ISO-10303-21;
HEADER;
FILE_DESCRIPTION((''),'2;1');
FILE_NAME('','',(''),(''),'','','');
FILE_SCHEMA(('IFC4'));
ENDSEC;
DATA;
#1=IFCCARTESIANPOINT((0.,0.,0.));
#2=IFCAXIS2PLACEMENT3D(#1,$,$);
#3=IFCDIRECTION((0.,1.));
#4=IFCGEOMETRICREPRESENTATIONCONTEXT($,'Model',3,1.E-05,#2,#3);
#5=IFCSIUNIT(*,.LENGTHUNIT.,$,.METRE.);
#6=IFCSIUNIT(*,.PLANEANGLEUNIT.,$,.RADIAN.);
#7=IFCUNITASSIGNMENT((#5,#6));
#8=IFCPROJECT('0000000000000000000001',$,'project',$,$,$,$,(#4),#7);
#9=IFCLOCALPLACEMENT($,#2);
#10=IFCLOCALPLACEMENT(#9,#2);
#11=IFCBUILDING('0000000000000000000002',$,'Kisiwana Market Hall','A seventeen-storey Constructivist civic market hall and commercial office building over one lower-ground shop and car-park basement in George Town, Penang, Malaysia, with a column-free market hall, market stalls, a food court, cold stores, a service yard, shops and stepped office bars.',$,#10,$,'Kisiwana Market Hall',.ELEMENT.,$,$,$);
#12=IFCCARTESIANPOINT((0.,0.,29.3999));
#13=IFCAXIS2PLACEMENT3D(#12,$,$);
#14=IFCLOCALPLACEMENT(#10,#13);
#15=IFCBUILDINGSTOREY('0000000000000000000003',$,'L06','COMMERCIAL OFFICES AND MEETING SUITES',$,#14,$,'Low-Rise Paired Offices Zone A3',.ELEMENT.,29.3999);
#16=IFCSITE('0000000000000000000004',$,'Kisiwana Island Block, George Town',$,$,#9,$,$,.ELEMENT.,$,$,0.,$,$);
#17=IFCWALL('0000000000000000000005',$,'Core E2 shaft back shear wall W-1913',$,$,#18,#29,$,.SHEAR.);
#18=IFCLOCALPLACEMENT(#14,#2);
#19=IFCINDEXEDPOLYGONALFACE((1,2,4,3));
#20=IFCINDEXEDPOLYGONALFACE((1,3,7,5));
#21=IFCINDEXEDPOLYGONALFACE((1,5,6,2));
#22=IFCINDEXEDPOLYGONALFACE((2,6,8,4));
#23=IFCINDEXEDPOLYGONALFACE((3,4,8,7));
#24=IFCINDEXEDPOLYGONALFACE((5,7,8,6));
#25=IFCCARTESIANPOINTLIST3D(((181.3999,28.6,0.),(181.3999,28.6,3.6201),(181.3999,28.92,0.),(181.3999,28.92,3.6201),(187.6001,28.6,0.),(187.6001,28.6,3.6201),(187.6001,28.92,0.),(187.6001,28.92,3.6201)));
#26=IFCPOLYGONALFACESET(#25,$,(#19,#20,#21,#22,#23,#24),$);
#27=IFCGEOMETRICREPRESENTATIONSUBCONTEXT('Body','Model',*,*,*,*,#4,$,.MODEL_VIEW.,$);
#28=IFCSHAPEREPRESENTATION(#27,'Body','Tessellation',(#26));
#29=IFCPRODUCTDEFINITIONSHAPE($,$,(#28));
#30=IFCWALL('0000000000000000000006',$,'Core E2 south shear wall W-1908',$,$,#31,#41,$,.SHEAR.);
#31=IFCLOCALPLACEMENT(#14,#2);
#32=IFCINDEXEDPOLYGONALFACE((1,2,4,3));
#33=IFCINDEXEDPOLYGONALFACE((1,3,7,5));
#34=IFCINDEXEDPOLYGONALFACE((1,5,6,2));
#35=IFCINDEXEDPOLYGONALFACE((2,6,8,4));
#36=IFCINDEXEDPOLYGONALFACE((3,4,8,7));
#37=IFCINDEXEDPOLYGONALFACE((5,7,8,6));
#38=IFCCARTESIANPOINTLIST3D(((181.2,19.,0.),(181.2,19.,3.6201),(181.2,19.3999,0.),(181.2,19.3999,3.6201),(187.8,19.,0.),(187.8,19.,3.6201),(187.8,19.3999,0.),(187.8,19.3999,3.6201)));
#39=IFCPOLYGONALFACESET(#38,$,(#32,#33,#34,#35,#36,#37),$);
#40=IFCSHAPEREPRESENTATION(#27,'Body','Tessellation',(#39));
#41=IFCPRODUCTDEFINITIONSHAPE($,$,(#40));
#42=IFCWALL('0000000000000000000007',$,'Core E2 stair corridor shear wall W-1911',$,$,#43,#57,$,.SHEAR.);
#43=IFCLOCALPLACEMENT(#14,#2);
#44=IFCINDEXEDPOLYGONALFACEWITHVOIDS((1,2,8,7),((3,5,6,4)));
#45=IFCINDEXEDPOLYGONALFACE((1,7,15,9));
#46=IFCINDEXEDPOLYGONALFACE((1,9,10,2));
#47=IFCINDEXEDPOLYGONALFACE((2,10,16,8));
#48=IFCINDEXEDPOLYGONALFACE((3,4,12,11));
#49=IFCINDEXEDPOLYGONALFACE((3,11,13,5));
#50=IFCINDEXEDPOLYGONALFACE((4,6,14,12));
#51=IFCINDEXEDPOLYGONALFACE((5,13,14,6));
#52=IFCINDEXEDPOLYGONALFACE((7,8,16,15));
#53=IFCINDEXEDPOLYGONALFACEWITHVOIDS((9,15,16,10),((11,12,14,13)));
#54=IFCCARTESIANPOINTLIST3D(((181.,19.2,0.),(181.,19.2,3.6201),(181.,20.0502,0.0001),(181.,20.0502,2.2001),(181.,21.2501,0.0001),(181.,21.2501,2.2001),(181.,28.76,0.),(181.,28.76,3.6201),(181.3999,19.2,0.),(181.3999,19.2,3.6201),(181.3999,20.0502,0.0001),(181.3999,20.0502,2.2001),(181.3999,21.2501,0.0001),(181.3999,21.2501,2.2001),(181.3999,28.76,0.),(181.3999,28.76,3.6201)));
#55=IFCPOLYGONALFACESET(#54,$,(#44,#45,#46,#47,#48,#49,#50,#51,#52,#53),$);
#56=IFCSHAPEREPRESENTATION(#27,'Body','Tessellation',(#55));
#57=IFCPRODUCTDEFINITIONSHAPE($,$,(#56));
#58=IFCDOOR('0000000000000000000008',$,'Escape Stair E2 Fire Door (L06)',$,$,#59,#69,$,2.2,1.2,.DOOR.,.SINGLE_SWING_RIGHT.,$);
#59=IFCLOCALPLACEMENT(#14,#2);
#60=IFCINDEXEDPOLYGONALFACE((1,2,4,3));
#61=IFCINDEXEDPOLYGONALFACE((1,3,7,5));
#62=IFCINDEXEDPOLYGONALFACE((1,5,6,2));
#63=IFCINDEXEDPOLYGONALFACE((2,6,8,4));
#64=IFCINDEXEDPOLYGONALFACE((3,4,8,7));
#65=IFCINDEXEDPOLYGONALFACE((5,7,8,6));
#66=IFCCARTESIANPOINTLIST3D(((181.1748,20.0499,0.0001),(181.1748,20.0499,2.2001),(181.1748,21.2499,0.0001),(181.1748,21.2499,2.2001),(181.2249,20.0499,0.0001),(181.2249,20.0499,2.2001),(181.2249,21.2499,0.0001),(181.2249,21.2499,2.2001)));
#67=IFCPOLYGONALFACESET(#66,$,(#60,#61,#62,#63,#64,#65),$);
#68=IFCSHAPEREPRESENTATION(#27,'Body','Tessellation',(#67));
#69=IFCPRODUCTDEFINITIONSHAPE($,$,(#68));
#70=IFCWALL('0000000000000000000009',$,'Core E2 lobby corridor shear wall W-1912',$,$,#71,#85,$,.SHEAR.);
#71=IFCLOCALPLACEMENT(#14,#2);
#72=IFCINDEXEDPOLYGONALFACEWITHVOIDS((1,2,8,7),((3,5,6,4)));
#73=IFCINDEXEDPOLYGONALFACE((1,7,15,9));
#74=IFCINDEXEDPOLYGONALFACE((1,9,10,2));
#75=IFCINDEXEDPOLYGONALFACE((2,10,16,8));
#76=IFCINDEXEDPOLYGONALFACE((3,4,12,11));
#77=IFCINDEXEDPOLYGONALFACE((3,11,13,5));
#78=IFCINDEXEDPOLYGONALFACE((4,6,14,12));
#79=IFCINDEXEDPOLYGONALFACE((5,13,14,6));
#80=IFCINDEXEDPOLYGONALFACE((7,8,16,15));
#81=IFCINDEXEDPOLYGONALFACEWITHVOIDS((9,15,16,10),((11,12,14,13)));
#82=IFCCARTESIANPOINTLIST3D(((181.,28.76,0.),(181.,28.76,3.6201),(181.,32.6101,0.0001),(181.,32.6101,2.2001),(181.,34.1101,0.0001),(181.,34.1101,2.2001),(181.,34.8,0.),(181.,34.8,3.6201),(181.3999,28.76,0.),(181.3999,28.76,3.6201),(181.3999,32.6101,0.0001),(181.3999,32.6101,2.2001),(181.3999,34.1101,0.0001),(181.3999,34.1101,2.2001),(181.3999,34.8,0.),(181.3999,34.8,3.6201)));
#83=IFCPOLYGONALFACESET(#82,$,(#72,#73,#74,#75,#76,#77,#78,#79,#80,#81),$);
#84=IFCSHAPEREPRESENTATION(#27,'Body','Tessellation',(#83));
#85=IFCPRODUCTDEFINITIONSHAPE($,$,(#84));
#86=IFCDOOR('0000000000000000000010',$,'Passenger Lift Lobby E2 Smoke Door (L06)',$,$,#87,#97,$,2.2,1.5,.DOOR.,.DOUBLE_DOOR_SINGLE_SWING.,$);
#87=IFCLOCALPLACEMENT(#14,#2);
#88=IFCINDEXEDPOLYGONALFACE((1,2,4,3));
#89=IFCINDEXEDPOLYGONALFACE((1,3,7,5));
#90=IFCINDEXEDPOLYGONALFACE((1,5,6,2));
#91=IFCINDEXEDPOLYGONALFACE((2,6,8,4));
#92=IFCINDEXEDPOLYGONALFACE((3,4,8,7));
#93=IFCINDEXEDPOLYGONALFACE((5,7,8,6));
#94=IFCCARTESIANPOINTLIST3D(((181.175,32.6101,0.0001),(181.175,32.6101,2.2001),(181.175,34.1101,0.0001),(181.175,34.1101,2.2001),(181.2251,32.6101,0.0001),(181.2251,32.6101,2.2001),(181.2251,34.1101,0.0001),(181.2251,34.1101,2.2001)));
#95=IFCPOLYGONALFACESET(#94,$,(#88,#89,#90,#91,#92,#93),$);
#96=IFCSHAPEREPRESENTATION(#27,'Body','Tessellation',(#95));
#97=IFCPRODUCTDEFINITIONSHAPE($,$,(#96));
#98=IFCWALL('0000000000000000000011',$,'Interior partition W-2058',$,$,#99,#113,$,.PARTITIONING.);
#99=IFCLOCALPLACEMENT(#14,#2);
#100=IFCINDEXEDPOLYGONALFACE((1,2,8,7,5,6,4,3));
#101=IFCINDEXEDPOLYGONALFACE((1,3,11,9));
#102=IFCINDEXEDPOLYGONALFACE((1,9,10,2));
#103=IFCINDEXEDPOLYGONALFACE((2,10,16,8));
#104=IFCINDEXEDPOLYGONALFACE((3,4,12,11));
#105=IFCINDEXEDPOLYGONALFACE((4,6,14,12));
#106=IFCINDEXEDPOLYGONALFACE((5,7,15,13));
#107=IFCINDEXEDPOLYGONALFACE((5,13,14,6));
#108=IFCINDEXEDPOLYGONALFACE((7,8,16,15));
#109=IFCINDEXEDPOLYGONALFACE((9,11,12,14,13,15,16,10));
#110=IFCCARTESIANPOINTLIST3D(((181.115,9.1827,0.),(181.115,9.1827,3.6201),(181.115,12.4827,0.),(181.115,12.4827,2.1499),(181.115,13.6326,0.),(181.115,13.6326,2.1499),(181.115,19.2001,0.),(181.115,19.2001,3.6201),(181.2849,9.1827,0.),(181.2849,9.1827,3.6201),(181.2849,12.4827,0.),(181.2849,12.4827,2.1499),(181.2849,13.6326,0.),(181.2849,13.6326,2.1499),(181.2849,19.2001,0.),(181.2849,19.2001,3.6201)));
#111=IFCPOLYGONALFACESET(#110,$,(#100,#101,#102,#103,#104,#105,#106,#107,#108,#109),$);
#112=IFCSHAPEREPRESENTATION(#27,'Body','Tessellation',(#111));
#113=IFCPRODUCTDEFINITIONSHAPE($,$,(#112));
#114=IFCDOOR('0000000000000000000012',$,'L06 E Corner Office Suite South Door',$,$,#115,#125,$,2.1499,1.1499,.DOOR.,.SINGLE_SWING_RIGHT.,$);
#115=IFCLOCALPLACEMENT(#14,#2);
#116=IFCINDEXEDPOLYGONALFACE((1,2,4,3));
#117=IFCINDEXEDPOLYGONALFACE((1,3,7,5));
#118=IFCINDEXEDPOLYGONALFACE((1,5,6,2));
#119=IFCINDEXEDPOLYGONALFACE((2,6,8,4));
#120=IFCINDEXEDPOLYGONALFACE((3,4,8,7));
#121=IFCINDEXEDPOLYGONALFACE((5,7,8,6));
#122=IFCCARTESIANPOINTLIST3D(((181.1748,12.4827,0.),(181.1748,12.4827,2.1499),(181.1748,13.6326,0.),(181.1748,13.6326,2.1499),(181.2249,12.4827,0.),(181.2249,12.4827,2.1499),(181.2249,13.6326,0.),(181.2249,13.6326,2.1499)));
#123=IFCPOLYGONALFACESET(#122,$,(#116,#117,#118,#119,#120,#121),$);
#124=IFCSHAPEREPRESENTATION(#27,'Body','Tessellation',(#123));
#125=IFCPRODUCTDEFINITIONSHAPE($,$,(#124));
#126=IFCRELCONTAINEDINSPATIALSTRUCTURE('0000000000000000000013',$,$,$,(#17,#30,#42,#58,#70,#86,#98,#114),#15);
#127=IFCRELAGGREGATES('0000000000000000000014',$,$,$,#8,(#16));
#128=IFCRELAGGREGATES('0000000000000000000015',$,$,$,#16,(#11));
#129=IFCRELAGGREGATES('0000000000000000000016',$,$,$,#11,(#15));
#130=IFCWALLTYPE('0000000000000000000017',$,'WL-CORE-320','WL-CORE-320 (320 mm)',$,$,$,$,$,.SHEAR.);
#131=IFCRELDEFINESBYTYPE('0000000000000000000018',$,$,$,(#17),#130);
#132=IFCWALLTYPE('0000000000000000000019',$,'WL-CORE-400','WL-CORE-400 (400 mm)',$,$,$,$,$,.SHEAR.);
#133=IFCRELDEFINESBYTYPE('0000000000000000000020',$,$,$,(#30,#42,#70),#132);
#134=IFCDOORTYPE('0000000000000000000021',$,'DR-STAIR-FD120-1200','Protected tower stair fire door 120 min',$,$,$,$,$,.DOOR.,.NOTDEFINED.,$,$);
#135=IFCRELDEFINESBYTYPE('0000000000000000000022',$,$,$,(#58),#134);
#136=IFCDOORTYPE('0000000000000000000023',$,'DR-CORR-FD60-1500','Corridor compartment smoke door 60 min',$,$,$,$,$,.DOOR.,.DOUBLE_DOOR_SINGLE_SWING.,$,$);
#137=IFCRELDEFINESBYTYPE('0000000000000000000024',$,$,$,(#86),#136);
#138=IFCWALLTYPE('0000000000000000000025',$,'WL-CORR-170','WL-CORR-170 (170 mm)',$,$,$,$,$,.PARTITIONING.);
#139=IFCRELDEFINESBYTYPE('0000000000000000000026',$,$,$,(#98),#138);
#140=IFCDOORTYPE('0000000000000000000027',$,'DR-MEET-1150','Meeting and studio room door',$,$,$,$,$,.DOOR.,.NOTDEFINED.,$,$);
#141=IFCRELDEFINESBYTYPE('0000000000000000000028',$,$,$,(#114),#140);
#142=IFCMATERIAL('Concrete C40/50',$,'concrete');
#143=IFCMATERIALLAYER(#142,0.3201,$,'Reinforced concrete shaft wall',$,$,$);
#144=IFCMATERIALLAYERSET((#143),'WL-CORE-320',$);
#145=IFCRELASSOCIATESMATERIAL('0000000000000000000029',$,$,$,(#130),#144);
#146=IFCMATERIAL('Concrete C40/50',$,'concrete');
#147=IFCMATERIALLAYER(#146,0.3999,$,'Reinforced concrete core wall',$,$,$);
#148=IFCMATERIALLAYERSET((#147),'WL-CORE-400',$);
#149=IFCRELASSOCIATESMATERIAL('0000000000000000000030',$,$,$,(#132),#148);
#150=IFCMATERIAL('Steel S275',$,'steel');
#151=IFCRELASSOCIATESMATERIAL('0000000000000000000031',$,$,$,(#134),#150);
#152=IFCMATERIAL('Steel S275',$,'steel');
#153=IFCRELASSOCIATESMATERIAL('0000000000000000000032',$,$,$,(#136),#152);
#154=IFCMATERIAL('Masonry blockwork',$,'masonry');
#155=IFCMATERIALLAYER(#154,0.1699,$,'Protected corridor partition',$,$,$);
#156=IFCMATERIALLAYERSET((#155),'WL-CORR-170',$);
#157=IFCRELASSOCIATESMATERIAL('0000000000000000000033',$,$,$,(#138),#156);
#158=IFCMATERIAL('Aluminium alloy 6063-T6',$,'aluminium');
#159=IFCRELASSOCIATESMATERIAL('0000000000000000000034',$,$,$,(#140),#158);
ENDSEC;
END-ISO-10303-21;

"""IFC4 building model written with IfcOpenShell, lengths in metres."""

from ifc_helpers import new_model, si_unit, direction, frame, frame_2d, origin, place, context, subcontext, project, spatial, rectangle, extrude, material, layer, layer_set, type_object, element, fill, save


model = new_model("IFC4")

# Units and contexts
model_context = context("Model", 3, precision=1e-05, world=origin(), true_north=direction((0.0, 1.0)))
body_context = subcontext(model_context, "Body", "Model", "MODEL_VIEW")
ifc_project = project(units=[si_unit("LENGTHUNIT", "METRE"), si_unit("PLANEANGLEUNIT", "RADIAN")], contexts=[model_context])

# Site, building, storey
site_placement = place(None, origin())
site = spatial("IfcSite", under=ifc_project, at=site_placement, Name="Kisiwana Island Block, George Town", CompositionType="ELEMENT", RefElevation=0.0)
building_placement = place(site_placement, origin())
building = spatial("IfcBuilding", under=site, at=building_placement, Name="Kisiwana Market Hall", Description="A seventeen-storey Constructivist civic market hall and commercial office building over one lower-ground shop and car-park basement in George Town, Penang, Malaysia, with a column-free market hall, market stalls, a food court, cold stores, a service yard, shops and stepped office bars.", LongName="Kisiwana Market Hall", CompositionType="ELEMENT")
storey_placement = place(building_placement, frame((0.0, 0.0, 29.3999)))
storey = spatial("IfcBuildingStorey", under=building, at=storey_placement, Name="L06", Description="COMMERCIAL OFFICES AND MEETING SUITES", LongName="Low-Rise Paired Offices Zone A3", CompositionType="ELEMENT", Elevation=29.3999)

# Walls
ifc_material_1 = material(Name="Concrete C40/50", Category="concrete")
ifc_layer_1 = layer(ifc_material_1, 0.3201, Name="Reinforced concrete shaft wall")
ifc_layer_set_1 = layer_set([ifc_layer_1], Name="WL-CORE-320")
wall_type_1 = type_object("IfcWallType", Name="WL-CORE-320", Description="WL-CORE-320 (320 mm)", PredefinedType="SHEAR", material=ifc_layer_set_1)
wall_1_placement = place(storey_placement, frame((181.3999, 28.76, 0.0), z_axis=(0.0, 0.0, 1.0), x_axis=(1.0, 0.0, 0.0)))
element("IfcWall", 1, at=wall_1_placement, inside=storey, type_object=wall_type_1, Name="Core E2 shaft back shear wall W-1913", PredefinedType="SHEAR", context=body_context, shape_type="SweptSolid", body=[
    extrude(rectangle(XDim=6.2002, YDim=0.3201, at=frame_2d((3.1001, 0.0))), origin(), (0.0, 0.0, 1.0), 3.6201),
])
ifc_material_2 = material(Name="Concrete C40/50", Category="concrete")
ifc_layer_2 = layer(ifc_material_2, 0.3999, Name="Reinforced concrete core wall")
ifc_layer_set_2 = layer_set([ifc_layer_2], Name="WL-CORE-400")
wall_type_2 = type_object("IfcWallType", Name="WL-CORE-400", Description="WL-CORE-400 (400 mm)", PredefinedType="SHEAR", material=ifc_layer_set_2)
wall_2_placement = place(storey_placement, frame((181.2, 19.2, 0.0), z_axis=(0.0, 0.0, 1.0), x_axis=(1.0, 0.0, 0.0)))
element("IfcWall", 2, at=wall_2_placement, inside=storey, type_object=wall_type_2, Name="Core E2 south shear wall W-1908", PredefinedType="SHEAR", context=body_context, shape_type="SweptSolid", body=[
    extrude(rectangle(XDim=6.6001, YDim=0.3999, at=frame_2d((3.3, 0.0))), origin(), (0.0, 0.0, 1.0), 3.6201),
])

# Walls, openings, doors
wall_3_placement = place(storey_placement, frame((181.2, 19.2, 0.0), z_axis=(0.0, 0.0, 1.0), x_axis=(0.0, 1.0, 0.0)))
wall_3 = element("IfcWall", 3, at=wall_3_placement, inside=storey, type_object=wall_type_2, Name="Core E2 stair corridor shear wall W-1911", PredefinedType="SHEAR", context=body_context, shape_type="SweptSolid", body=[
    extrude(rectangle(XDim=9.5601, YDim=0.3999, at=frame_2d((4.78, 0.0))), origin(), (0.0, 0.0, 1.0), 3.6201),
])
opening_1_placement = place(wall_3_placement, frame((0.8501, 0.0, 0.0)))
opening_1 = element("IfcOpeningElement", 4, at=opening_1_placement, cuts=wall_3, PredefinedType="OPENING", context=body_context, shape_type="SweptSolid", body=[
    extrude(rectangle(XDim=1.2, YDim=2.2, at=frame_2d((0.6001, 1.1001))), frame((0.0, 0.2119, 0.0), z_axis=(0.0, -1.0, 0.0), x_axis=(1.0, 0.0, 0.0)), (0.0, 0.0, 1.0), 0.4238),
])
ifc_material_3 = material(Name="Steel S275", Category="steel")
door_type_1 = type_object("IfcDoorType", Name="DR-STAIR-FD120-1200", Description="Protected tower stair fire door 120 min", OperationType="NOTDEFINED", PredefinedType="DOOR", material=ifc_material_3)
door_1_placement = place(opening_1_placement, frame((1.2, 0.0, 0.0), z_axis=(0.0, 0.0, 1.0), x_axis=(-1.0, 0.0, 0.0)))
door_1 = element("IfcDoor", 5, at=door_1_placement, inside=storey, type_object=door_type_1, Name="Escape Stair E2 Fire Door (L06)", OperationType="SINGLE_SWING_RIGHT", OverallHeight=2.2, OverallWidth=1.2, PredefinedType="DOOR", context=body_context, shape_type="SweptSolid", body=[
    extrude(rectangle(XDim=1.2, YDim=2.2, at=frame_2d((0.6001, 1.1001))), frame((0.0, 0.0249, 0.0), z_axis=(0.0, -1.0, 0.0), x_axis=(1.0, 0.0, 0.0)), (0.0, 0.0, 1.0), 0.05),
])
fill(opening_1, door_1)
wall_4_placement = place(storey_placement, frame((181.2, 28.76, 0.0), z_axis=(0.0, 0.0, 1.0), x_axis=(0.0, 1.0, 0.0)))
wall_4 = element("IfcWall", 6, at=wall_4_placement, inside=storey, type_object=wall_type_2, Name="Core E2 lobby corridor shear wall W-1912", PredefinedType="SHEAR", context=body_context, shape_type="SweptSolid", body=[
    extrude(rectangle(XDim=6.04, YDim=0.3999, at=frame_2d((3.02, 0.0))), origin(), (0.0, 0.0, 1.0), 3.6201),
])
opening_2_placement = place(wall_4_placement, frame((3.8501, 0.0, 0.0)))
opening_2 = element("IfcOpeningElement", 7, at=opening_2_placement, cuts=wall_4, PredefinedType="OPENING", context=body_context, shape_type="SweptSolid", body=[
    extrude(rectangle(XDim=1.5, YDim=2.2, at=frame_2d((0.75, 1.1001))), frame((0.0, 0.2119, 0.0), z_axis=(0.0, -1.0, 0.0), x_axis=(1.0, 0.0, 0.0)), (0.0, 0.0, 1.0), 0.4238),
])
ifc_material_4 = material(Name="Steel S275", Category="steel")
door_type_2 = type_object("IfcDoorType", Name="DR-CORR-FD60-1500", Description="Corridor compartment smoke door 60 min", OperationType="DOUBLE_DOOR_SINGLE_SWING", PredefinedType="DOOR", material=ifc_material_4)
door_2_placement = place(opening_2_placement, origin())
door_2 = element("IfcDoor", 8, at=door_2_placement, inside=storey, type_object=door_type_2, Name="Passenger Lift Lobby E2 Smoke Door (L06)", OperationType="DOUBLE_DOOR_SINGLE_SWING", OverallHeight=2.2, OverallWidth=1.5, PredefinedType="DOOR", context=body_context, shape_type="SweptSolid", body=[
    extrude(rectangle(XDim=1.5, YDim=2.2, at=frame_2d((0.75, 1.1001))), frame((0.0, 0.0249, 0.0), z_axis=(0.0, -1.0, 0.0), x_axis=(1.0, 0.0, 0.0)), (0.0, 0.0, 1.0), 0.05),
])
fill(opening_2, door_2)
ifc_material_5 = material(Name="Masonry blockwork", Category="masonry")
ifc_layer_3 = layer(ifc_material_5, 0.1699, Name="Protected corridor partition")
ifc_layer_set_3 = layer_set([ifc_layer_3], Name="WL-CORR-170")
wall_type_3 = type_object("IfcWallType", Name="WL-CORR-170", Description="WL-CORR-170 (170 mm)", PredefinedType="PARTITIONING", material=ifc_layer_set_3)
wall_5_placement = place(storey_placement, frame((181.2, 9.1826, 0.0), z_axis=(0.0, 0.0, 1.0), x_axis=(0.0, 1.0, 0.0)))
wall_5 = element("IfcWall", 9, at=wall_5_placement, inside=storey, type_object=wall_type_3, Name="Interior partition W-2058", PredefinedType="PARTITIONING", context=body_context, shape_type="SweptSolid", body=[
    extrude(rectangle(XDim=10.0173, YDim=0.1699, at=frame_2d((5.0088, 0.0))), origin(), (0.0, 0.0, 1.0), 3.6201),
])
opening_3_placement = place(wall_5_placement, frame((3.3, 0.0, 0.0)))
opening_3 = element("IfcOpeningElement", 10, at=opening_3_placement, cuts=wall_5, PredefinedType="OPENING", context=body_context, shape_type="SweptSolid", body=[
    extrude(rectangle(XDim=1.1499, YDim=2.1499, at=frame_2d((0.575, 1.075))), frame((0.0, 0.0969, 0.0), z_axis=(0.0, -1.0, 0.0), x_axis=(1.0, 0.0, 0.0)), (0.0, 0.0, 1.0), 0.1938),
])
ifc_material_6 = material(Name="Aluminium alloy 6063-T6", Category="aluminium")
door_type_3 = type_object("IfcDoorType", Name="DR-MEET-1150", Description="Meeting and studio room door", OperationType="NOTDEFINED", PredefinedType="DOOR", material=ifc_material_6)
door_3_placement = place(opening_3_placement, frame((1.1499, 0.0, 0.0), z_axis=(0.0, 0.0, 1.0), x_axis=(-1.0, 0.0, 0.0)))
door_3 = element("IfcDoor", 11, at=door_3_placement, inside=storey, type_object=door_type_3, Name="L06 E Corner Office Suite South Door", OperationType="SINGLE_SWING_RIGHT", OverallHeight=2.1499, OverallWidth=1.1499, PredefinedType="DOOR", context=body_context, shape_type="SweptSolid", body=[
    extrude(rectangle(XDim=1.1499, YDim=2.1499, at=frame_2d((0.575, 1.075))), frame((0.0, 0.0249, 0.0), z_axis=(0.0, -1.0, 0.0), x_axis=(1.0, 0.0, 0.0)), (0.0, 0.0, 1.0), 0.05),
])
fill(opening_3, door_3)

save(model, "model.ifc")
